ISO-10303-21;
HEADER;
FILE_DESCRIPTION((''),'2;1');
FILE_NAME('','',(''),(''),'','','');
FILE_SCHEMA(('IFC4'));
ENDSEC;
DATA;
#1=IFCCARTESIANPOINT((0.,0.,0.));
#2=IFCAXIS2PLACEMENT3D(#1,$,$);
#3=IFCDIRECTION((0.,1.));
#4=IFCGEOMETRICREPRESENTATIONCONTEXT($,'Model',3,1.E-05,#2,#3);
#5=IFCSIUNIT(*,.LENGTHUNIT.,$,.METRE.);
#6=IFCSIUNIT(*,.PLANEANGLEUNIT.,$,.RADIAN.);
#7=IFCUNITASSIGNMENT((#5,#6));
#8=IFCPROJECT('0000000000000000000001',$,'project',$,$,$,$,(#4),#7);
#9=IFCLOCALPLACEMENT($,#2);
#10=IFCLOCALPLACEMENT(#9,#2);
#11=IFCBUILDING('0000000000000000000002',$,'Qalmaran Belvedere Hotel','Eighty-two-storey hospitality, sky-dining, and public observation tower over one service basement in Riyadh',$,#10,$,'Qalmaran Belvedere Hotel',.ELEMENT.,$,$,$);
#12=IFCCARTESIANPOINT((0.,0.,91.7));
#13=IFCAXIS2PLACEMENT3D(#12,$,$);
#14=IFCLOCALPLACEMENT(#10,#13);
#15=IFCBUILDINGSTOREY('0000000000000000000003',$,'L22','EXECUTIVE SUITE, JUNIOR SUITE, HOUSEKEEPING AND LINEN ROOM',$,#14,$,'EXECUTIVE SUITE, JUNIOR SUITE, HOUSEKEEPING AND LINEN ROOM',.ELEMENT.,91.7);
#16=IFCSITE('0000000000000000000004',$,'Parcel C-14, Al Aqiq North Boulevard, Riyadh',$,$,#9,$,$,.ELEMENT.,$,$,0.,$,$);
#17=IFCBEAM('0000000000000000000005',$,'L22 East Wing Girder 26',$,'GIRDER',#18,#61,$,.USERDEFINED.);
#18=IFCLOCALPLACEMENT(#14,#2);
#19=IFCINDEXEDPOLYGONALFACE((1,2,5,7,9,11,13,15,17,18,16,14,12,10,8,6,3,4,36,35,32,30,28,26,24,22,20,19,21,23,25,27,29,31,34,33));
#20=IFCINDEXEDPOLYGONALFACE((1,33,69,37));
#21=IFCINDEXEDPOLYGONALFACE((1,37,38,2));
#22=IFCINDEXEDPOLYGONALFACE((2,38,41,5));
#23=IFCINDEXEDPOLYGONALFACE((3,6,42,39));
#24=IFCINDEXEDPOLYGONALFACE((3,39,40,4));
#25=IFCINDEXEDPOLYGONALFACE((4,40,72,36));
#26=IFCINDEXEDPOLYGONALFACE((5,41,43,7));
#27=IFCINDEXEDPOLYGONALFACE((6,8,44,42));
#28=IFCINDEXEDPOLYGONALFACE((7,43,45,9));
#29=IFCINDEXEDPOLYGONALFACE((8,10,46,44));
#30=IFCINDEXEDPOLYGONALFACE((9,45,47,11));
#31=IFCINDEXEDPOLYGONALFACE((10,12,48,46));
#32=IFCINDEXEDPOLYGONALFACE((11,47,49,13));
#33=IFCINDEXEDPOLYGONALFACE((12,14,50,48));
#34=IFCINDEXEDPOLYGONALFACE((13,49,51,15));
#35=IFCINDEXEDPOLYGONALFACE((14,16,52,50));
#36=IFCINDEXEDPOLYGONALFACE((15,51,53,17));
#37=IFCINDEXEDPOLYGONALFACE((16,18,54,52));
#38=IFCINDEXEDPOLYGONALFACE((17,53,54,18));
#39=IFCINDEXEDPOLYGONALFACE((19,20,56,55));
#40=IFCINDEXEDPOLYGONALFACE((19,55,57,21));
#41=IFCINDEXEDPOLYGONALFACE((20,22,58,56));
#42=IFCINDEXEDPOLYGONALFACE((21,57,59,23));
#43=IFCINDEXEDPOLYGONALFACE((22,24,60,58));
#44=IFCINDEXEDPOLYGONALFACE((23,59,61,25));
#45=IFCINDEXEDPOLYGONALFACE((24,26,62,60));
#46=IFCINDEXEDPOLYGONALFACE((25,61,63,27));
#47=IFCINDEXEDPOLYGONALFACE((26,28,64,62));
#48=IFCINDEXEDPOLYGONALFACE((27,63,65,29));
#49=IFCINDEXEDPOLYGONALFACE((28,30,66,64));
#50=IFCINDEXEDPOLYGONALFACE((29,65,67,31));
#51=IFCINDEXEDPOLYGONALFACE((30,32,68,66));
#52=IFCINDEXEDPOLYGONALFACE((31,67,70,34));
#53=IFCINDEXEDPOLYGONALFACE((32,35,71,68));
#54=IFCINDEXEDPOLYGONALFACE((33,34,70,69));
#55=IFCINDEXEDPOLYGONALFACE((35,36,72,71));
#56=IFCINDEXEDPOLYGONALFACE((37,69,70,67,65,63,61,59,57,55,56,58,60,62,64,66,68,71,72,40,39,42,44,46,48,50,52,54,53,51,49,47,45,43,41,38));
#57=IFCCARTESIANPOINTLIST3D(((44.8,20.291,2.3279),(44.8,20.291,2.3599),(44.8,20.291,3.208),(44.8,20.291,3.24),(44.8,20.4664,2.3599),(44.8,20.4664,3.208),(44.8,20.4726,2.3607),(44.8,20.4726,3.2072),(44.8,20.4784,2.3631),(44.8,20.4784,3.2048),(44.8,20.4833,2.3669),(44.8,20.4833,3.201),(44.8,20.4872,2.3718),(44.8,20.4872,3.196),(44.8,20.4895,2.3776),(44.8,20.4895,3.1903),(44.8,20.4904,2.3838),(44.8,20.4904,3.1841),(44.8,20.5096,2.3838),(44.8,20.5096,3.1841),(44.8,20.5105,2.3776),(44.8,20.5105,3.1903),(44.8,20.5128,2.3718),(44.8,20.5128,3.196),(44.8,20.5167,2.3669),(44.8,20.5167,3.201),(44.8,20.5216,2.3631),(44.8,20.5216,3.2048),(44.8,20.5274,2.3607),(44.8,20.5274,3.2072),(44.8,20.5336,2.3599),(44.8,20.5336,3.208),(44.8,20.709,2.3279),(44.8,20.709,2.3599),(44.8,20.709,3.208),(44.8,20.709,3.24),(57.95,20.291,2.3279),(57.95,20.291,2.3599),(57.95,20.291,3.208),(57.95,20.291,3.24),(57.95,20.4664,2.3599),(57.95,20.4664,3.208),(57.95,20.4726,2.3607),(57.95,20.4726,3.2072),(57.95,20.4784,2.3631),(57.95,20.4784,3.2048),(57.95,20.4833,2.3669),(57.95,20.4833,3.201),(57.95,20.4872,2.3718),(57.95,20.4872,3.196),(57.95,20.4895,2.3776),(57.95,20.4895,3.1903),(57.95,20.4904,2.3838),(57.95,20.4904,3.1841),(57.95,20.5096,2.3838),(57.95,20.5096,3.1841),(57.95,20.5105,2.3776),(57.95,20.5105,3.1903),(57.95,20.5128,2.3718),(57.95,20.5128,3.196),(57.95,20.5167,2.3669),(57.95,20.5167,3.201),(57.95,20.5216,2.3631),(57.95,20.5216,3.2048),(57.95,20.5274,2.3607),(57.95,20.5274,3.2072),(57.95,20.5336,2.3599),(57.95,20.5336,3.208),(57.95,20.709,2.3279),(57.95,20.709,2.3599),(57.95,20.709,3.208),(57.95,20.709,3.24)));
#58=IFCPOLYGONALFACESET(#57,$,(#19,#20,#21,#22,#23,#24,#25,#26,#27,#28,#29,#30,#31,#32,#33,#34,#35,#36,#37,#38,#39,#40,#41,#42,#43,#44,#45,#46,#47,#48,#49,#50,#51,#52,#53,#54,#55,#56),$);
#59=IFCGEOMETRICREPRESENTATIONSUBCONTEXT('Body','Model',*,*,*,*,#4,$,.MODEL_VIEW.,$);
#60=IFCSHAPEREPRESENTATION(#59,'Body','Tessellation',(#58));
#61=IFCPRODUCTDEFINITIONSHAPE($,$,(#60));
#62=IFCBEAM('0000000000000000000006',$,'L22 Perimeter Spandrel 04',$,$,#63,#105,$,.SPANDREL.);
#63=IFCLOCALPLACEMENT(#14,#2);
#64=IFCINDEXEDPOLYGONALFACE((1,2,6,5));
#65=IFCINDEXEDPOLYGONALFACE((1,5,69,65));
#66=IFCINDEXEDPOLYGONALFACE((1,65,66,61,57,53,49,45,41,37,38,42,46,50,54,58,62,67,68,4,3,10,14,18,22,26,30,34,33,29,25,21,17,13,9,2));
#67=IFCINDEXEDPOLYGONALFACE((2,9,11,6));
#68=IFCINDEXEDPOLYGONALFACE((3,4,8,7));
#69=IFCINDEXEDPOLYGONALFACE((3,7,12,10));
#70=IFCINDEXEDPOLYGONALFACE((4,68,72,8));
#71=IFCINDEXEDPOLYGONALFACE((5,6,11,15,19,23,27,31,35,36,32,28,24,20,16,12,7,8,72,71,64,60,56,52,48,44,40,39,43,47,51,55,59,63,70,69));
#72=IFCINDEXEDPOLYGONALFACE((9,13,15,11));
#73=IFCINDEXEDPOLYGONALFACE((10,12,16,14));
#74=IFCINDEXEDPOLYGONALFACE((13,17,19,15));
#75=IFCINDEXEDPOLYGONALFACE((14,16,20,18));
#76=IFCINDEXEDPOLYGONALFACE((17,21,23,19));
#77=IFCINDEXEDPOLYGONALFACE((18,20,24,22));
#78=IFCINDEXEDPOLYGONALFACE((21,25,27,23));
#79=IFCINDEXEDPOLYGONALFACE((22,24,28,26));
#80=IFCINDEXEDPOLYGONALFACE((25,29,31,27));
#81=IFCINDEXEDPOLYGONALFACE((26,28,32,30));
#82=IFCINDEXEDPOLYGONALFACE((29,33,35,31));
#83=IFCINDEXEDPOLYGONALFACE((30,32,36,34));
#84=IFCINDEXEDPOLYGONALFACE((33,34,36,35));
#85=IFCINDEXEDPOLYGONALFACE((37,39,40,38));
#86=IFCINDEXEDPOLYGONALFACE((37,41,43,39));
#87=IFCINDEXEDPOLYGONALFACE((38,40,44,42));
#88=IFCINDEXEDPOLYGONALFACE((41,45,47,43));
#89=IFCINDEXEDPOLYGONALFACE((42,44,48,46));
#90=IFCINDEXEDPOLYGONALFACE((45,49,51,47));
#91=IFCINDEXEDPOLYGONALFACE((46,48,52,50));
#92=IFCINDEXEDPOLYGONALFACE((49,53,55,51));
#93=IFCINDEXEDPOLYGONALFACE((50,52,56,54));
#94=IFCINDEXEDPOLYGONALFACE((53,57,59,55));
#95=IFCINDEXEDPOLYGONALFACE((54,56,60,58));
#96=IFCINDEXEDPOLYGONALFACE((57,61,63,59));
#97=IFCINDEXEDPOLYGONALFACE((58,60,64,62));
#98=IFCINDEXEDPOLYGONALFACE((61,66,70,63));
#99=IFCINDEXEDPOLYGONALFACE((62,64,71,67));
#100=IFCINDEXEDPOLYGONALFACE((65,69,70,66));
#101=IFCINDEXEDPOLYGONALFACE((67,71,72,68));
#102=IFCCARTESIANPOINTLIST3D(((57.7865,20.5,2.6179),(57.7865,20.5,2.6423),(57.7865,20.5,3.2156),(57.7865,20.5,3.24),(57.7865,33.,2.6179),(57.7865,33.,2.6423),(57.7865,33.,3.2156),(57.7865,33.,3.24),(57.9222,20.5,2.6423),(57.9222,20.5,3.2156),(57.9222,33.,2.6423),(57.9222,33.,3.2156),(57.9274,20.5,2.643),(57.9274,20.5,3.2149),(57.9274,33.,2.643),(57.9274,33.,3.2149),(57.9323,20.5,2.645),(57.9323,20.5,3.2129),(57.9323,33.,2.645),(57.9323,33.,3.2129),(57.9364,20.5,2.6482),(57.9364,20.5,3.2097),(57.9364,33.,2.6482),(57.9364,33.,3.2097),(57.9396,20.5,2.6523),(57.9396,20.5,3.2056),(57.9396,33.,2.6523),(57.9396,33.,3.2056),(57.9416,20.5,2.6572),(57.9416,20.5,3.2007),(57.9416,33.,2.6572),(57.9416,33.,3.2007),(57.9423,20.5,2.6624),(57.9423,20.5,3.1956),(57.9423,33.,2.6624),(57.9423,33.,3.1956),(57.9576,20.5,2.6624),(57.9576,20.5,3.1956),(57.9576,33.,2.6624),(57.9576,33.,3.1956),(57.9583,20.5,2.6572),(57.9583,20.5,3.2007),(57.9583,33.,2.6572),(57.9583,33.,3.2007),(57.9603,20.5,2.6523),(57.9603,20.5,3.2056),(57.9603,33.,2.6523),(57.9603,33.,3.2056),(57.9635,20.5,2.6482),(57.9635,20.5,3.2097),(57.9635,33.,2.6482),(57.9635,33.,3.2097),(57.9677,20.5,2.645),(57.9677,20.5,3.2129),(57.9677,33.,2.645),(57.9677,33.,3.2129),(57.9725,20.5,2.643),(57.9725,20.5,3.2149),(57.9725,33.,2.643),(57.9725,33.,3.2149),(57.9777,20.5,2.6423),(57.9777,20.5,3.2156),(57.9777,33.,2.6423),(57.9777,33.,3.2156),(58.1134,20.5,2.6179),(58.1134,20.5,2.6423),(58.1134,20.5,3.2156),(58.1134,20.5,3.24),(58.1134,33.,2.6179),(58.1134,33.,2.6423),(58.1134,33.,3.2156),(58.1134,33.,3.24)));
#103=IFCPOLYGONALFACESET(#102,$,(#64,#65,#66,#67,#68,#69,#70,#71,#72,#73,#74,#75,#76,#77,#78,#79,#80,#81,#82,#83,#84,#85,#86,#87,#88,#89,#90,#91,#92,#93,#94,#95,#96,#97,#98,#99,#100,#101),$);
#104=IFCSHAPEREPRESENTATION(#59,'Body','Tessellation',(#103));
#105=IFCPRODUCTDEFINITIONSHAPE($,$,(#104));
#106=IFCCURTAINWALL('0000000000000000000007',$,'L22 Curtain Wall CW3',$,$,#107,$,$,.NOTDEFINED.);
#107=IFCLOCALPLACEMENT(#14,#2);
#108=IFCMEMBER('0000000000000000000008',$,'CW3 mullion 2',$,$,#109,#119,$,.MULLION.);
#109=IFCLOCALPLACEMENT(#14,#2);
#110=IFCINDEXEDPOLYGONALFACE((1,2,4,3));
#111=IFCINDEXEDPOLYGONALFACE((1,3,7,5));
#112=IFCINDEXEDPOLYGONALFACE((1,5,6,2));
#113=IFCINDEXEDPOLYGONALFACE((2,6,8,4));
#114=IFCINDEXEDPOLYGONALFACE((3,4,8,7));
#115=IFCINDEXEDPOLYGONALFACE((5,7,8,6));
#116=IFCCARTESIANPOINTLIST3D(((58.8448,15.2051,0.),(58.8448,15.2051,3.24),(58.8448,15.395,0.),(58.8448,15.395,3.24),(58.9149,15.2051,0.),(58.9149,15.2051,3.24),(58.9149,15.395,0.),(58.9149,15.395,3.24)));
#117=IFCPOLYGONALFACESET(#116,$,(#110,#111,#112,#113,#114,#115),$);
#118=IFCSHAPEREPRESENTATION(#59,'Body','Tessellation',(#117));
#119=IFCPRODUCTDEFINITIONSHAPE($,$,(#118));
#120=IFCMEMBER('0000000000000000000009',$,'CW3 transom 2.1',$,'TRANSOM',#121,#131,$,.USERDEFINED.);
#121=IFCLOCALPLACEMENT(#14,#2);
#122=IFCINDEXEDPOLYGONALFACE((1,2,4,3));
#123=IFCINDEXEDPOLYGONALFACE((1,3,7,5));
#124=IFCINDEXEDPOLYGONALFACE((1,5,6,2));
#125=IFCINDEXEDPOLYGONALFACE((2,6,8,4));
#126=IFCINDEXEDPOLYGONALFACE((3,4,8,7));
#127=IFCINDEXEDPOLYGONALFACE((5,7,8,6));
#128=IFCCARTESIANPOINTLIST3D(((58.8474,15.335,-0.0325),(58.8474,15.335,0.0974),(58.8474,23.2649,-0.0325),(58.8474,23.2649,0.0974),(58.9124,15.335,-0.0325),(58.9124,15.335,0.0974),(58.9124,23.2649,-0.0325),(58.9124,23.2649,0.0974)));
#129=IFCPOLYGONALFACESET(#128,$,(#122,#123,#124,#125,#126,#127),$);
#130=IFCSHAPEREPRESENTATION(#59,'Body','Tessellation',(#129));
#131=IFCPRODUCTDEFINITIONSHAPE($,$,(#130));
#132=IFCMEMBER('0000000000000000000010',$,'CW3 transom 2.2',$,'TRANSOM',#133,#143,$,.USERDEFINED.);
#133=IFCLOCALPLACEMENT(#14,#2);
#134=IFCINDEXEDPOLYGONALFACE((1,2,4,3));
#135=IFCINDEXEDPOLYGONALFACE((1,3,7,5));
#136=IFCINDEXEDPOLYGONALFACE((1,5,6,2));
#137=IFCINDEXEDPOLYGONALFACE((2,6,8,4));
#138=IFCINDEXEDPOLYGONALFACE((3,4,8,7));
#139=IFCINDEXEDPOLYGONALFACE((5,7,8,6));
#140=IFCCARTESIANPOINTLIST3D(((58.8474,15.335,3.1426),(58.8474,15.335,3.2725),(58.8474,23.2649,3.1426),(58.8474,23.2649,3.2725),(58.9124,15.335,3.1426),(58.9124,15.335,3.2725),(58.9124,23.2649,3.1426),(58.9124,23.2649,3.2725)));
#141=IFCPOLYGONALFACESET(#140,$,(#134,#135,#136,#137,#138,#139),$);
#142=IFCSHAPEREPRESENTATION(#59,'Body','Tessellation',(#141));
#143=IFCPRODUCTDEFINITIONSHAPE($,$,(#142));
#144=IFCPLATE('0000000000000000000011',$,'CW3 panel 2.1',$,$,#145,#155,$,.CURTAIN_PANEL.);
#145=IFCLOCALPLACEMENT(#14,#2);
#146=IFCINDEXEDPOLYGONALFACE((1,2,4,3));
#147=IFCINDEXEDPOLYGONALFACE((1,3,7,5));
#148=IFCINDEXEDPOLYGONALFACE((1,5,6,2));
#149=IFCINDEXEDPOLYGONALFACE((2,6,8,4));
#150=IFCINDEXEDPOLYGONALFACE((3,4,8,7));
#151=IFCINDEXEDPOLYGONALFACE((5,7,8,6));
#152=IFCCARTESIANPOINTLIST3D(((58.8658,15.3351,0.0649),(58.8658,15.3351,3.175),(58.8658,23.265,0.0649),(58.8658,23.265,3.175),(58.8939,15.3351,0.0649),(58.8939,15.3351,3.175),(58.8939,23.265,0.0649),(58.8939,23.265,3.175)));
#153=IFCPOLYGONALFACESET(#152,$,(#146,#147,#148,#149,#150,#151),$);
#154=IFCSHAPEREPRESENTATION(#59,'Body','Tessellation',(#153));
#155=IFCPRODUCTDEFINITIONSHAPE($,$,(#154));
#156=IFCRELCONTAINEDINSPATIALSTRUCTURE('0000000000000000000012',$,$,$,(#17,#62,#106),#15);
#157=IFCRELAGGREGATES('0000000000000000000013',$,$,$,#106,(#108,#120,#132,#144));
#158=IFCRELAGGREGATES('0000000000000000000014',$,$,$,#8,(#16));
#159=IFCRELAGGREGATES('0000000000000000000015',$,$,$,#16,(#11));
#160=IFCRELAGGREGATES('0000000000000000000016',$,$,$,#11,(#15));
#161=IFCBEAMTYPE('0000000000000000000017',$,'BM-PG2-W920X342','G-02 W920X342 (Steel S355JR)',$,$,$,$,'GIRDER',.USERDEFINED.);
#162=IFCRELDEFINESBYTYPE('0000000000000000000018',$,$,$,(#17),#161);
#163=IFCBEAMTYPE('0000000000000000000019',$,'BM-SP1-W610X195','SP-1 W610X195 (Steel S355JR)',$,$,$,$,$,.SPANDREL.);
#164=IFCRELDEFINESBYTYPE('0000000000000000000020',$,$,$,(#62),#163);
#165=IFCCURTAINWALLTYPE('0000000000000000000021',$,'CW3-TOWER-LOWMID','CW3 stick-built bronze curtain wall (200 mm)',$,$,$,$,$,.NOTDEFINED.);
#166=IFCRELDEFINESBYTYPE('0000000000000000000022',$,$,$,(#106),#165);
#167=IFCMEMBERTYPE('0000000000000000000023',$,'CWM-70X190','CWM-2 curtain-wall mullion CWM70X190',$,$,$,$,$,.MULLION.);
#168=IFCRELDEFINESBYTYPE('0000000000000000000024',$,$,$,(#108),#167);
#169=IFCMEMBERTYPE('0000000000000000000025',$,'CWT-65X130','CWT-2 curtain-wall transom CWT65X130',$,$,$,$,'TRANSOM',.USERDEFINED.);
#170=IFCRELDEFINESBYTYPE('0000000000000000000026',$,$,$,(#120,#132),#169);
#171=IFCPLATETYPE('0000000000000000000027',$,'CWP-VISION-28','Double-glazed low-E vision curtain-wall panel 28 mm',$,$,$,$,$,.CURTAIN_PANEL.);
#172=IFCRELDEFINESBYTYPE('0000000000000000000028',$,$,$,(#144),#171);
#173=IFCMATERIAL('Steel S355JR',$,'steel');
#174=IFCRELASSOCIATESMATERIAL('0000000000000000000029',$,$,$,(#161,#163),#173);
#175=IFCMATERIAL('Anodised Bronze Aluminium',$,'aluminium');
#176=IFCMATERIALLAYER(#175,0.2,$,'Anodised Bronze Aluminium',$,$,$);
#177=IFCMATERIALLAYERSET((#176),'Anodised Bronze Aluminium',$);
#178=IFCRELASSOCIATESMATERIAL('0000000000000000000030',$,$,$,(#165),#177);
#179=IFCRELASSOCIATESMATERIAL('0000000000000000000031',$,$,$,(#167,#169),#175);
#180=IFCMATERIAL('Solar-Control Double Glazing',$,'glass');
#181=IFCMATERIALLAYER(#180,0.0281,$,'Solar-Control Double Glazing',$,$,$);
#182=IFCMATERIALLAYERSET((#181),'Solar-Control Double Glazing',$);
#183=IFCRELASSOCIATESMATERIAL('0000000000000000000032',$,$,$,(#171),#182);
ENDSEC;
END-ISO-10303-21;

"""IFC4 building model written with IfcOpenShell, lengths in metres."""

from ifc_helpers import new_model, si_unit, direction, frame, origin, origin_2d, place, context, subcontext, project, spatial, rectangle, i_section, extrude, material, layer, layer_set, material_profile, profile_set, type_object, element, aggregate, save


model = new_model("IFC4")

# Units and contexts
model_context = context("Model", 3, precision=1e-05, world=origin(), true_north=direction((0.0, 1.0)))
body_context = subcontext(model_context, "Body", "Model", "MODEL_VIEW")
ifc_project = project(units=[si_unit("LENGTHUNIT", "METRE"), si_unit("PLANEANGLEUNIT", "RADIAN")], contexts=[model_context])

# Site, building, storey
site_placement = place(None, origin())
site = spatial("IfcSite", under=ifc_project, at=site_placement, Name="Parcel C-14, Al Aqiq North Boulevard, Riyadh", CompositionType="ELEMENT", RefElevation=0.0)
building_placement = place(site_placement, origin())
building = spatial("IfcBuilding", under=site, at=building_placement, Name="Qalmaran Belvedere Hotel", Description="Eighty-two-storey hospitality, sky-dining, and public observation tower over one service basement in Riyadh", LongName="Qalmaran Belvedere Hotel", CompositionType="ELEMENT")
storey_placement = place(building_placement, frame((0.0, 0.0, 91.7)))
storey = spatial("IfcBuildingStorey", under=building, at=storey_placement, Name="L22", Description="EXECUTIVE SUITE, JUNIOR SUITE, HOUSEKEEPING AND LINEN ROOM", LongName="EXECUTIVE SUITE, JUNIOR SUITE, HOUSEKEEPING AND LINEN ROOM", CompositionType="ELEMENT", Elevation=91.7)

# Beams
ifc_material_1 = material(Name="Steel S355JR", Category="steel")
ifc_material_profile_1 = material_profile(ifc_material_1, i_section(OverallWidth=0.418, OverallDepth=0.9121, WebThickness=0.0193, FlangeThickness=0.032, FilletRadius=0.0239, at=origin_2d()), Name="W920X342")
ifc_profile_set_1 = profile_set([ifc_material_profile_1], Name="Steel S355JR")
beam_type_1 = type_object("IfcBeamType", Name="BM-PG2-W920X342", Description="G-02 W920X342 (Steel S355JR)", ElementType="GIRDER", PredefinedType="USERDEFINED", material=ifc_profile_set_1)
beam_1_placement = place(storey_placement, frame((44.8, 20.5, 2.7839), z_axis=(1.0, 0.0, 0.0), x_axis=(0.0, 1.0, 0.0)))
element("IfcBeam", 1, at=beam_1_placement, inside=storey, type_object=beam_type_1, Name="L22 East Wing Girder 26", ObjectType="GIRDER", PredefinedType="USERDEFINED", context=body_context, shape_type="SweptSolid", body=[
    extrude(i_section(OverallWidth=0.418, OverallDepth=0.9121, WebThickness=0.0193, FlangeThickness=0.032, FilletRadius=0.0239, at=origin_2d()), origin(), (0.0, 0.0, 1.0), 13.1499),
])
ifc_material_profile_2 = material_profile(ifc_material_1, i_section(OverallWidth=0.3269, OverallDepth=0.6221, WebThickness=0.0154, FlangeThickness=0.0244, FilletRadius=0.02, at=origin_2d()), Name="W610X195")
ifc_profile_set_2 = profile_set([ifc_material_profile_2], Name="Steel S355JR")
beam_type_2 = type_object("IfcBeamType", Name="BM-SP1-W610X195", Description="SP-1 W610X195 (Steel S355JR)", PredefinedType="SPANDREL", material=ifc_profile_set_2)
beam_2_placement = place(storey_placement, frame((57.95, 20.5, 2.929), z_axis=(0.0, 1.0, 0.0), x_axis=(-1.0, 0.0, 0.0)))
element("IfcBeam", 2, at=beam_2_placement, inside=storey, type_object=beam_type_2, Name="L22 Perimeter Spandrel 04", PredefinedType="SPANDREL", context=body_context, shape_type="SweptSolid", body=[
    extrude(i_section(OverallWidth=0.3269, OverallDepth=0.6221, WebThickness=0.0154, FlangeThickness=0.0244, FilletRadius=0.02, at=origin_2d()), origin(), (0.0, 0.0, 1.0), 12.5),
])

# Curtain wall, members, plate
ifc_material_2 = material(Name="Anodised Bronze Aluminium", Category="aluminium")
ifc_layer_1 = layer(ifc_material_2, 0.2, Name="Anodised Bronze Aluminium")
ifc_layer_set_1 = layer_set([ifc_layer_1], Name="Anodised Bronze Aluminium")
curtain_wall_type = type_object("IfcCurtainWallType", Name="CW3-TOWER-LOWMID", Description="CW3 stick-built bronze curtain wall (200 mm)", PredefinedType="NOTDEFINED", material=ifc_layer_set_1)
curtain_wall_placement = place(storey_placement, origin())
curtain_wall = element("IfcCurtainWall", 3, at=curtain_wall_placement, inside=storey, type_object=curtain_wall_type, Name="L22 Curtain Wall CW3", PredefinedType="NOTDEFINED")
ifc_material_profile_3 = material_profile(ifc_material_2, rectangle(XDim=0.0701, YDim=0.1899, at=origin_2d()), Name="CWM70X190")
ifc_profile_set_3 = profile_set([ifc_material_profile_3], Name="Anodised Bronze Aluminium")
member_type_1 = type_object("IfcMemberType", Name="CWM-70X190", Description="CWM-2 curtain-wall mullion CWM70X190", PredefinedType="MULLION", material=ifc_profile_set_3)
member_1_placement = place(storey_placement, frame((58.8799, 15.3, 0.0), z_axis=(0.0, 0.0, 1.0), x_axis=(-1.0, 0.0, 0.0)))
member_1 = element("IfcMember", 4, at=member_1_placement, type_object=member_type_1, Name="CW3 mullion 2", PredefinedType="MULLION", context=body_context, shape_type="SweptSolid", body=[
    extrude(rectangle(XDim=0.0701, YDim=0.1899, at=origin_2d()), origin(), (0.0, 0.0, 1.0), 3.24),
])
ifc_material_profile_4 = material_profile(ifc_material_2, rectangle(XDim=0.0649, YDim=0.1299, at=origin_2d()), Name="CWT65X130")
ifc_profile_set_4 = profile_set([ifc_material_profile_4], Name="Anodised Bronze Aluminium")
member_type_2 = type_object("IfcMemberType", Name="CWT-65X130", Description="CWT-2 curtain-wall transom CWT65X130", ElementType="TRANSOM", PredefinedType="USERDEFINED", material=ifc_profile_set_4)
member_2_placement = place(storey_placement, frame((58.8799, 15.335, 0.0325), z_axis=(0.0, 1.0, 0.0), x_axis=(-1.0, 0.0, 0.0)))
member_2 = element("IfcMember", 5, at=member_2_placement, type_object=member_type_2, Name="CW3 transom 2.1", ObjectType="TRANSOM", PredefinedType="USERDEFINED", context=body_context, shape_type="SweptSolid", body=[
    extrude(rectangle(XDim=0.0649, YDim=0.1299, at=origin_2d()), origin(), (0.0, 0.0, 1.0), 7.9299),
])
member_3_placement = place(storey_placement, frame((58.8799, 15.335, 3.2075), z_axis=(0.0, 1.0, 0.0), x_axis=(-1.0, 0.0, 0.0)))
member_3 = element("IfcMember", 6, at=member_3_placement, type_object=member_type_2, Name="CW3 transom 2.2", ObjectType="TRANSOM", PredefinedType="USERDEFINED", context=body_context, shape_type="SweptSolid", body=[
    extrude(rectangle(XDim=0.0649, YDim=0.1299, at=origin_2d()), origin(), (0.0, 0.0, 1.0), 7.9299),
])
ifc_material_3 = material(Name="Solar-Control Double Glazing", Category="glass")
ifc_layer_2 = layer(ifc_material_3, 0.0281, Name="Solar-Control Double Glazing")
ifc_layer_set_2 = layer_set([ifc_layer_2], Name="Solar-Control Double Glazing")
plate_type = type_object("IfcPlateType", Name="CWP-VISION-28", Description="Double-glazed low-E vision curtain-wall panel 28 mm", PredefinedType="CURTAIN_PANEL", material=ifc_layer_set_2)
plate_placement = place(storey_placement, frame((58.8799, 19.3, 0.0649), z_axis=(0.0, 0.0, 1.0), x_axis=(0.0, 1.0, 0.0)))
plate = element("IfcPlate", 7, at=plate_placement, type_object=plate_type, Name="CW3 panel 2.1", PredefinedType="CURTAIN_PANEL", context=body_context, shape_type="SweptSolid", body=[
    extrude(rectangle(XDim=7.9299, YDim=0.0281, at=origin_2d()), origin(), (0.0, 0.0, 1.0), 3.1101),
])
aggregate(curtain_wall, [member_1, member_2, member_3, plate])

save(model, "model.ifc")
